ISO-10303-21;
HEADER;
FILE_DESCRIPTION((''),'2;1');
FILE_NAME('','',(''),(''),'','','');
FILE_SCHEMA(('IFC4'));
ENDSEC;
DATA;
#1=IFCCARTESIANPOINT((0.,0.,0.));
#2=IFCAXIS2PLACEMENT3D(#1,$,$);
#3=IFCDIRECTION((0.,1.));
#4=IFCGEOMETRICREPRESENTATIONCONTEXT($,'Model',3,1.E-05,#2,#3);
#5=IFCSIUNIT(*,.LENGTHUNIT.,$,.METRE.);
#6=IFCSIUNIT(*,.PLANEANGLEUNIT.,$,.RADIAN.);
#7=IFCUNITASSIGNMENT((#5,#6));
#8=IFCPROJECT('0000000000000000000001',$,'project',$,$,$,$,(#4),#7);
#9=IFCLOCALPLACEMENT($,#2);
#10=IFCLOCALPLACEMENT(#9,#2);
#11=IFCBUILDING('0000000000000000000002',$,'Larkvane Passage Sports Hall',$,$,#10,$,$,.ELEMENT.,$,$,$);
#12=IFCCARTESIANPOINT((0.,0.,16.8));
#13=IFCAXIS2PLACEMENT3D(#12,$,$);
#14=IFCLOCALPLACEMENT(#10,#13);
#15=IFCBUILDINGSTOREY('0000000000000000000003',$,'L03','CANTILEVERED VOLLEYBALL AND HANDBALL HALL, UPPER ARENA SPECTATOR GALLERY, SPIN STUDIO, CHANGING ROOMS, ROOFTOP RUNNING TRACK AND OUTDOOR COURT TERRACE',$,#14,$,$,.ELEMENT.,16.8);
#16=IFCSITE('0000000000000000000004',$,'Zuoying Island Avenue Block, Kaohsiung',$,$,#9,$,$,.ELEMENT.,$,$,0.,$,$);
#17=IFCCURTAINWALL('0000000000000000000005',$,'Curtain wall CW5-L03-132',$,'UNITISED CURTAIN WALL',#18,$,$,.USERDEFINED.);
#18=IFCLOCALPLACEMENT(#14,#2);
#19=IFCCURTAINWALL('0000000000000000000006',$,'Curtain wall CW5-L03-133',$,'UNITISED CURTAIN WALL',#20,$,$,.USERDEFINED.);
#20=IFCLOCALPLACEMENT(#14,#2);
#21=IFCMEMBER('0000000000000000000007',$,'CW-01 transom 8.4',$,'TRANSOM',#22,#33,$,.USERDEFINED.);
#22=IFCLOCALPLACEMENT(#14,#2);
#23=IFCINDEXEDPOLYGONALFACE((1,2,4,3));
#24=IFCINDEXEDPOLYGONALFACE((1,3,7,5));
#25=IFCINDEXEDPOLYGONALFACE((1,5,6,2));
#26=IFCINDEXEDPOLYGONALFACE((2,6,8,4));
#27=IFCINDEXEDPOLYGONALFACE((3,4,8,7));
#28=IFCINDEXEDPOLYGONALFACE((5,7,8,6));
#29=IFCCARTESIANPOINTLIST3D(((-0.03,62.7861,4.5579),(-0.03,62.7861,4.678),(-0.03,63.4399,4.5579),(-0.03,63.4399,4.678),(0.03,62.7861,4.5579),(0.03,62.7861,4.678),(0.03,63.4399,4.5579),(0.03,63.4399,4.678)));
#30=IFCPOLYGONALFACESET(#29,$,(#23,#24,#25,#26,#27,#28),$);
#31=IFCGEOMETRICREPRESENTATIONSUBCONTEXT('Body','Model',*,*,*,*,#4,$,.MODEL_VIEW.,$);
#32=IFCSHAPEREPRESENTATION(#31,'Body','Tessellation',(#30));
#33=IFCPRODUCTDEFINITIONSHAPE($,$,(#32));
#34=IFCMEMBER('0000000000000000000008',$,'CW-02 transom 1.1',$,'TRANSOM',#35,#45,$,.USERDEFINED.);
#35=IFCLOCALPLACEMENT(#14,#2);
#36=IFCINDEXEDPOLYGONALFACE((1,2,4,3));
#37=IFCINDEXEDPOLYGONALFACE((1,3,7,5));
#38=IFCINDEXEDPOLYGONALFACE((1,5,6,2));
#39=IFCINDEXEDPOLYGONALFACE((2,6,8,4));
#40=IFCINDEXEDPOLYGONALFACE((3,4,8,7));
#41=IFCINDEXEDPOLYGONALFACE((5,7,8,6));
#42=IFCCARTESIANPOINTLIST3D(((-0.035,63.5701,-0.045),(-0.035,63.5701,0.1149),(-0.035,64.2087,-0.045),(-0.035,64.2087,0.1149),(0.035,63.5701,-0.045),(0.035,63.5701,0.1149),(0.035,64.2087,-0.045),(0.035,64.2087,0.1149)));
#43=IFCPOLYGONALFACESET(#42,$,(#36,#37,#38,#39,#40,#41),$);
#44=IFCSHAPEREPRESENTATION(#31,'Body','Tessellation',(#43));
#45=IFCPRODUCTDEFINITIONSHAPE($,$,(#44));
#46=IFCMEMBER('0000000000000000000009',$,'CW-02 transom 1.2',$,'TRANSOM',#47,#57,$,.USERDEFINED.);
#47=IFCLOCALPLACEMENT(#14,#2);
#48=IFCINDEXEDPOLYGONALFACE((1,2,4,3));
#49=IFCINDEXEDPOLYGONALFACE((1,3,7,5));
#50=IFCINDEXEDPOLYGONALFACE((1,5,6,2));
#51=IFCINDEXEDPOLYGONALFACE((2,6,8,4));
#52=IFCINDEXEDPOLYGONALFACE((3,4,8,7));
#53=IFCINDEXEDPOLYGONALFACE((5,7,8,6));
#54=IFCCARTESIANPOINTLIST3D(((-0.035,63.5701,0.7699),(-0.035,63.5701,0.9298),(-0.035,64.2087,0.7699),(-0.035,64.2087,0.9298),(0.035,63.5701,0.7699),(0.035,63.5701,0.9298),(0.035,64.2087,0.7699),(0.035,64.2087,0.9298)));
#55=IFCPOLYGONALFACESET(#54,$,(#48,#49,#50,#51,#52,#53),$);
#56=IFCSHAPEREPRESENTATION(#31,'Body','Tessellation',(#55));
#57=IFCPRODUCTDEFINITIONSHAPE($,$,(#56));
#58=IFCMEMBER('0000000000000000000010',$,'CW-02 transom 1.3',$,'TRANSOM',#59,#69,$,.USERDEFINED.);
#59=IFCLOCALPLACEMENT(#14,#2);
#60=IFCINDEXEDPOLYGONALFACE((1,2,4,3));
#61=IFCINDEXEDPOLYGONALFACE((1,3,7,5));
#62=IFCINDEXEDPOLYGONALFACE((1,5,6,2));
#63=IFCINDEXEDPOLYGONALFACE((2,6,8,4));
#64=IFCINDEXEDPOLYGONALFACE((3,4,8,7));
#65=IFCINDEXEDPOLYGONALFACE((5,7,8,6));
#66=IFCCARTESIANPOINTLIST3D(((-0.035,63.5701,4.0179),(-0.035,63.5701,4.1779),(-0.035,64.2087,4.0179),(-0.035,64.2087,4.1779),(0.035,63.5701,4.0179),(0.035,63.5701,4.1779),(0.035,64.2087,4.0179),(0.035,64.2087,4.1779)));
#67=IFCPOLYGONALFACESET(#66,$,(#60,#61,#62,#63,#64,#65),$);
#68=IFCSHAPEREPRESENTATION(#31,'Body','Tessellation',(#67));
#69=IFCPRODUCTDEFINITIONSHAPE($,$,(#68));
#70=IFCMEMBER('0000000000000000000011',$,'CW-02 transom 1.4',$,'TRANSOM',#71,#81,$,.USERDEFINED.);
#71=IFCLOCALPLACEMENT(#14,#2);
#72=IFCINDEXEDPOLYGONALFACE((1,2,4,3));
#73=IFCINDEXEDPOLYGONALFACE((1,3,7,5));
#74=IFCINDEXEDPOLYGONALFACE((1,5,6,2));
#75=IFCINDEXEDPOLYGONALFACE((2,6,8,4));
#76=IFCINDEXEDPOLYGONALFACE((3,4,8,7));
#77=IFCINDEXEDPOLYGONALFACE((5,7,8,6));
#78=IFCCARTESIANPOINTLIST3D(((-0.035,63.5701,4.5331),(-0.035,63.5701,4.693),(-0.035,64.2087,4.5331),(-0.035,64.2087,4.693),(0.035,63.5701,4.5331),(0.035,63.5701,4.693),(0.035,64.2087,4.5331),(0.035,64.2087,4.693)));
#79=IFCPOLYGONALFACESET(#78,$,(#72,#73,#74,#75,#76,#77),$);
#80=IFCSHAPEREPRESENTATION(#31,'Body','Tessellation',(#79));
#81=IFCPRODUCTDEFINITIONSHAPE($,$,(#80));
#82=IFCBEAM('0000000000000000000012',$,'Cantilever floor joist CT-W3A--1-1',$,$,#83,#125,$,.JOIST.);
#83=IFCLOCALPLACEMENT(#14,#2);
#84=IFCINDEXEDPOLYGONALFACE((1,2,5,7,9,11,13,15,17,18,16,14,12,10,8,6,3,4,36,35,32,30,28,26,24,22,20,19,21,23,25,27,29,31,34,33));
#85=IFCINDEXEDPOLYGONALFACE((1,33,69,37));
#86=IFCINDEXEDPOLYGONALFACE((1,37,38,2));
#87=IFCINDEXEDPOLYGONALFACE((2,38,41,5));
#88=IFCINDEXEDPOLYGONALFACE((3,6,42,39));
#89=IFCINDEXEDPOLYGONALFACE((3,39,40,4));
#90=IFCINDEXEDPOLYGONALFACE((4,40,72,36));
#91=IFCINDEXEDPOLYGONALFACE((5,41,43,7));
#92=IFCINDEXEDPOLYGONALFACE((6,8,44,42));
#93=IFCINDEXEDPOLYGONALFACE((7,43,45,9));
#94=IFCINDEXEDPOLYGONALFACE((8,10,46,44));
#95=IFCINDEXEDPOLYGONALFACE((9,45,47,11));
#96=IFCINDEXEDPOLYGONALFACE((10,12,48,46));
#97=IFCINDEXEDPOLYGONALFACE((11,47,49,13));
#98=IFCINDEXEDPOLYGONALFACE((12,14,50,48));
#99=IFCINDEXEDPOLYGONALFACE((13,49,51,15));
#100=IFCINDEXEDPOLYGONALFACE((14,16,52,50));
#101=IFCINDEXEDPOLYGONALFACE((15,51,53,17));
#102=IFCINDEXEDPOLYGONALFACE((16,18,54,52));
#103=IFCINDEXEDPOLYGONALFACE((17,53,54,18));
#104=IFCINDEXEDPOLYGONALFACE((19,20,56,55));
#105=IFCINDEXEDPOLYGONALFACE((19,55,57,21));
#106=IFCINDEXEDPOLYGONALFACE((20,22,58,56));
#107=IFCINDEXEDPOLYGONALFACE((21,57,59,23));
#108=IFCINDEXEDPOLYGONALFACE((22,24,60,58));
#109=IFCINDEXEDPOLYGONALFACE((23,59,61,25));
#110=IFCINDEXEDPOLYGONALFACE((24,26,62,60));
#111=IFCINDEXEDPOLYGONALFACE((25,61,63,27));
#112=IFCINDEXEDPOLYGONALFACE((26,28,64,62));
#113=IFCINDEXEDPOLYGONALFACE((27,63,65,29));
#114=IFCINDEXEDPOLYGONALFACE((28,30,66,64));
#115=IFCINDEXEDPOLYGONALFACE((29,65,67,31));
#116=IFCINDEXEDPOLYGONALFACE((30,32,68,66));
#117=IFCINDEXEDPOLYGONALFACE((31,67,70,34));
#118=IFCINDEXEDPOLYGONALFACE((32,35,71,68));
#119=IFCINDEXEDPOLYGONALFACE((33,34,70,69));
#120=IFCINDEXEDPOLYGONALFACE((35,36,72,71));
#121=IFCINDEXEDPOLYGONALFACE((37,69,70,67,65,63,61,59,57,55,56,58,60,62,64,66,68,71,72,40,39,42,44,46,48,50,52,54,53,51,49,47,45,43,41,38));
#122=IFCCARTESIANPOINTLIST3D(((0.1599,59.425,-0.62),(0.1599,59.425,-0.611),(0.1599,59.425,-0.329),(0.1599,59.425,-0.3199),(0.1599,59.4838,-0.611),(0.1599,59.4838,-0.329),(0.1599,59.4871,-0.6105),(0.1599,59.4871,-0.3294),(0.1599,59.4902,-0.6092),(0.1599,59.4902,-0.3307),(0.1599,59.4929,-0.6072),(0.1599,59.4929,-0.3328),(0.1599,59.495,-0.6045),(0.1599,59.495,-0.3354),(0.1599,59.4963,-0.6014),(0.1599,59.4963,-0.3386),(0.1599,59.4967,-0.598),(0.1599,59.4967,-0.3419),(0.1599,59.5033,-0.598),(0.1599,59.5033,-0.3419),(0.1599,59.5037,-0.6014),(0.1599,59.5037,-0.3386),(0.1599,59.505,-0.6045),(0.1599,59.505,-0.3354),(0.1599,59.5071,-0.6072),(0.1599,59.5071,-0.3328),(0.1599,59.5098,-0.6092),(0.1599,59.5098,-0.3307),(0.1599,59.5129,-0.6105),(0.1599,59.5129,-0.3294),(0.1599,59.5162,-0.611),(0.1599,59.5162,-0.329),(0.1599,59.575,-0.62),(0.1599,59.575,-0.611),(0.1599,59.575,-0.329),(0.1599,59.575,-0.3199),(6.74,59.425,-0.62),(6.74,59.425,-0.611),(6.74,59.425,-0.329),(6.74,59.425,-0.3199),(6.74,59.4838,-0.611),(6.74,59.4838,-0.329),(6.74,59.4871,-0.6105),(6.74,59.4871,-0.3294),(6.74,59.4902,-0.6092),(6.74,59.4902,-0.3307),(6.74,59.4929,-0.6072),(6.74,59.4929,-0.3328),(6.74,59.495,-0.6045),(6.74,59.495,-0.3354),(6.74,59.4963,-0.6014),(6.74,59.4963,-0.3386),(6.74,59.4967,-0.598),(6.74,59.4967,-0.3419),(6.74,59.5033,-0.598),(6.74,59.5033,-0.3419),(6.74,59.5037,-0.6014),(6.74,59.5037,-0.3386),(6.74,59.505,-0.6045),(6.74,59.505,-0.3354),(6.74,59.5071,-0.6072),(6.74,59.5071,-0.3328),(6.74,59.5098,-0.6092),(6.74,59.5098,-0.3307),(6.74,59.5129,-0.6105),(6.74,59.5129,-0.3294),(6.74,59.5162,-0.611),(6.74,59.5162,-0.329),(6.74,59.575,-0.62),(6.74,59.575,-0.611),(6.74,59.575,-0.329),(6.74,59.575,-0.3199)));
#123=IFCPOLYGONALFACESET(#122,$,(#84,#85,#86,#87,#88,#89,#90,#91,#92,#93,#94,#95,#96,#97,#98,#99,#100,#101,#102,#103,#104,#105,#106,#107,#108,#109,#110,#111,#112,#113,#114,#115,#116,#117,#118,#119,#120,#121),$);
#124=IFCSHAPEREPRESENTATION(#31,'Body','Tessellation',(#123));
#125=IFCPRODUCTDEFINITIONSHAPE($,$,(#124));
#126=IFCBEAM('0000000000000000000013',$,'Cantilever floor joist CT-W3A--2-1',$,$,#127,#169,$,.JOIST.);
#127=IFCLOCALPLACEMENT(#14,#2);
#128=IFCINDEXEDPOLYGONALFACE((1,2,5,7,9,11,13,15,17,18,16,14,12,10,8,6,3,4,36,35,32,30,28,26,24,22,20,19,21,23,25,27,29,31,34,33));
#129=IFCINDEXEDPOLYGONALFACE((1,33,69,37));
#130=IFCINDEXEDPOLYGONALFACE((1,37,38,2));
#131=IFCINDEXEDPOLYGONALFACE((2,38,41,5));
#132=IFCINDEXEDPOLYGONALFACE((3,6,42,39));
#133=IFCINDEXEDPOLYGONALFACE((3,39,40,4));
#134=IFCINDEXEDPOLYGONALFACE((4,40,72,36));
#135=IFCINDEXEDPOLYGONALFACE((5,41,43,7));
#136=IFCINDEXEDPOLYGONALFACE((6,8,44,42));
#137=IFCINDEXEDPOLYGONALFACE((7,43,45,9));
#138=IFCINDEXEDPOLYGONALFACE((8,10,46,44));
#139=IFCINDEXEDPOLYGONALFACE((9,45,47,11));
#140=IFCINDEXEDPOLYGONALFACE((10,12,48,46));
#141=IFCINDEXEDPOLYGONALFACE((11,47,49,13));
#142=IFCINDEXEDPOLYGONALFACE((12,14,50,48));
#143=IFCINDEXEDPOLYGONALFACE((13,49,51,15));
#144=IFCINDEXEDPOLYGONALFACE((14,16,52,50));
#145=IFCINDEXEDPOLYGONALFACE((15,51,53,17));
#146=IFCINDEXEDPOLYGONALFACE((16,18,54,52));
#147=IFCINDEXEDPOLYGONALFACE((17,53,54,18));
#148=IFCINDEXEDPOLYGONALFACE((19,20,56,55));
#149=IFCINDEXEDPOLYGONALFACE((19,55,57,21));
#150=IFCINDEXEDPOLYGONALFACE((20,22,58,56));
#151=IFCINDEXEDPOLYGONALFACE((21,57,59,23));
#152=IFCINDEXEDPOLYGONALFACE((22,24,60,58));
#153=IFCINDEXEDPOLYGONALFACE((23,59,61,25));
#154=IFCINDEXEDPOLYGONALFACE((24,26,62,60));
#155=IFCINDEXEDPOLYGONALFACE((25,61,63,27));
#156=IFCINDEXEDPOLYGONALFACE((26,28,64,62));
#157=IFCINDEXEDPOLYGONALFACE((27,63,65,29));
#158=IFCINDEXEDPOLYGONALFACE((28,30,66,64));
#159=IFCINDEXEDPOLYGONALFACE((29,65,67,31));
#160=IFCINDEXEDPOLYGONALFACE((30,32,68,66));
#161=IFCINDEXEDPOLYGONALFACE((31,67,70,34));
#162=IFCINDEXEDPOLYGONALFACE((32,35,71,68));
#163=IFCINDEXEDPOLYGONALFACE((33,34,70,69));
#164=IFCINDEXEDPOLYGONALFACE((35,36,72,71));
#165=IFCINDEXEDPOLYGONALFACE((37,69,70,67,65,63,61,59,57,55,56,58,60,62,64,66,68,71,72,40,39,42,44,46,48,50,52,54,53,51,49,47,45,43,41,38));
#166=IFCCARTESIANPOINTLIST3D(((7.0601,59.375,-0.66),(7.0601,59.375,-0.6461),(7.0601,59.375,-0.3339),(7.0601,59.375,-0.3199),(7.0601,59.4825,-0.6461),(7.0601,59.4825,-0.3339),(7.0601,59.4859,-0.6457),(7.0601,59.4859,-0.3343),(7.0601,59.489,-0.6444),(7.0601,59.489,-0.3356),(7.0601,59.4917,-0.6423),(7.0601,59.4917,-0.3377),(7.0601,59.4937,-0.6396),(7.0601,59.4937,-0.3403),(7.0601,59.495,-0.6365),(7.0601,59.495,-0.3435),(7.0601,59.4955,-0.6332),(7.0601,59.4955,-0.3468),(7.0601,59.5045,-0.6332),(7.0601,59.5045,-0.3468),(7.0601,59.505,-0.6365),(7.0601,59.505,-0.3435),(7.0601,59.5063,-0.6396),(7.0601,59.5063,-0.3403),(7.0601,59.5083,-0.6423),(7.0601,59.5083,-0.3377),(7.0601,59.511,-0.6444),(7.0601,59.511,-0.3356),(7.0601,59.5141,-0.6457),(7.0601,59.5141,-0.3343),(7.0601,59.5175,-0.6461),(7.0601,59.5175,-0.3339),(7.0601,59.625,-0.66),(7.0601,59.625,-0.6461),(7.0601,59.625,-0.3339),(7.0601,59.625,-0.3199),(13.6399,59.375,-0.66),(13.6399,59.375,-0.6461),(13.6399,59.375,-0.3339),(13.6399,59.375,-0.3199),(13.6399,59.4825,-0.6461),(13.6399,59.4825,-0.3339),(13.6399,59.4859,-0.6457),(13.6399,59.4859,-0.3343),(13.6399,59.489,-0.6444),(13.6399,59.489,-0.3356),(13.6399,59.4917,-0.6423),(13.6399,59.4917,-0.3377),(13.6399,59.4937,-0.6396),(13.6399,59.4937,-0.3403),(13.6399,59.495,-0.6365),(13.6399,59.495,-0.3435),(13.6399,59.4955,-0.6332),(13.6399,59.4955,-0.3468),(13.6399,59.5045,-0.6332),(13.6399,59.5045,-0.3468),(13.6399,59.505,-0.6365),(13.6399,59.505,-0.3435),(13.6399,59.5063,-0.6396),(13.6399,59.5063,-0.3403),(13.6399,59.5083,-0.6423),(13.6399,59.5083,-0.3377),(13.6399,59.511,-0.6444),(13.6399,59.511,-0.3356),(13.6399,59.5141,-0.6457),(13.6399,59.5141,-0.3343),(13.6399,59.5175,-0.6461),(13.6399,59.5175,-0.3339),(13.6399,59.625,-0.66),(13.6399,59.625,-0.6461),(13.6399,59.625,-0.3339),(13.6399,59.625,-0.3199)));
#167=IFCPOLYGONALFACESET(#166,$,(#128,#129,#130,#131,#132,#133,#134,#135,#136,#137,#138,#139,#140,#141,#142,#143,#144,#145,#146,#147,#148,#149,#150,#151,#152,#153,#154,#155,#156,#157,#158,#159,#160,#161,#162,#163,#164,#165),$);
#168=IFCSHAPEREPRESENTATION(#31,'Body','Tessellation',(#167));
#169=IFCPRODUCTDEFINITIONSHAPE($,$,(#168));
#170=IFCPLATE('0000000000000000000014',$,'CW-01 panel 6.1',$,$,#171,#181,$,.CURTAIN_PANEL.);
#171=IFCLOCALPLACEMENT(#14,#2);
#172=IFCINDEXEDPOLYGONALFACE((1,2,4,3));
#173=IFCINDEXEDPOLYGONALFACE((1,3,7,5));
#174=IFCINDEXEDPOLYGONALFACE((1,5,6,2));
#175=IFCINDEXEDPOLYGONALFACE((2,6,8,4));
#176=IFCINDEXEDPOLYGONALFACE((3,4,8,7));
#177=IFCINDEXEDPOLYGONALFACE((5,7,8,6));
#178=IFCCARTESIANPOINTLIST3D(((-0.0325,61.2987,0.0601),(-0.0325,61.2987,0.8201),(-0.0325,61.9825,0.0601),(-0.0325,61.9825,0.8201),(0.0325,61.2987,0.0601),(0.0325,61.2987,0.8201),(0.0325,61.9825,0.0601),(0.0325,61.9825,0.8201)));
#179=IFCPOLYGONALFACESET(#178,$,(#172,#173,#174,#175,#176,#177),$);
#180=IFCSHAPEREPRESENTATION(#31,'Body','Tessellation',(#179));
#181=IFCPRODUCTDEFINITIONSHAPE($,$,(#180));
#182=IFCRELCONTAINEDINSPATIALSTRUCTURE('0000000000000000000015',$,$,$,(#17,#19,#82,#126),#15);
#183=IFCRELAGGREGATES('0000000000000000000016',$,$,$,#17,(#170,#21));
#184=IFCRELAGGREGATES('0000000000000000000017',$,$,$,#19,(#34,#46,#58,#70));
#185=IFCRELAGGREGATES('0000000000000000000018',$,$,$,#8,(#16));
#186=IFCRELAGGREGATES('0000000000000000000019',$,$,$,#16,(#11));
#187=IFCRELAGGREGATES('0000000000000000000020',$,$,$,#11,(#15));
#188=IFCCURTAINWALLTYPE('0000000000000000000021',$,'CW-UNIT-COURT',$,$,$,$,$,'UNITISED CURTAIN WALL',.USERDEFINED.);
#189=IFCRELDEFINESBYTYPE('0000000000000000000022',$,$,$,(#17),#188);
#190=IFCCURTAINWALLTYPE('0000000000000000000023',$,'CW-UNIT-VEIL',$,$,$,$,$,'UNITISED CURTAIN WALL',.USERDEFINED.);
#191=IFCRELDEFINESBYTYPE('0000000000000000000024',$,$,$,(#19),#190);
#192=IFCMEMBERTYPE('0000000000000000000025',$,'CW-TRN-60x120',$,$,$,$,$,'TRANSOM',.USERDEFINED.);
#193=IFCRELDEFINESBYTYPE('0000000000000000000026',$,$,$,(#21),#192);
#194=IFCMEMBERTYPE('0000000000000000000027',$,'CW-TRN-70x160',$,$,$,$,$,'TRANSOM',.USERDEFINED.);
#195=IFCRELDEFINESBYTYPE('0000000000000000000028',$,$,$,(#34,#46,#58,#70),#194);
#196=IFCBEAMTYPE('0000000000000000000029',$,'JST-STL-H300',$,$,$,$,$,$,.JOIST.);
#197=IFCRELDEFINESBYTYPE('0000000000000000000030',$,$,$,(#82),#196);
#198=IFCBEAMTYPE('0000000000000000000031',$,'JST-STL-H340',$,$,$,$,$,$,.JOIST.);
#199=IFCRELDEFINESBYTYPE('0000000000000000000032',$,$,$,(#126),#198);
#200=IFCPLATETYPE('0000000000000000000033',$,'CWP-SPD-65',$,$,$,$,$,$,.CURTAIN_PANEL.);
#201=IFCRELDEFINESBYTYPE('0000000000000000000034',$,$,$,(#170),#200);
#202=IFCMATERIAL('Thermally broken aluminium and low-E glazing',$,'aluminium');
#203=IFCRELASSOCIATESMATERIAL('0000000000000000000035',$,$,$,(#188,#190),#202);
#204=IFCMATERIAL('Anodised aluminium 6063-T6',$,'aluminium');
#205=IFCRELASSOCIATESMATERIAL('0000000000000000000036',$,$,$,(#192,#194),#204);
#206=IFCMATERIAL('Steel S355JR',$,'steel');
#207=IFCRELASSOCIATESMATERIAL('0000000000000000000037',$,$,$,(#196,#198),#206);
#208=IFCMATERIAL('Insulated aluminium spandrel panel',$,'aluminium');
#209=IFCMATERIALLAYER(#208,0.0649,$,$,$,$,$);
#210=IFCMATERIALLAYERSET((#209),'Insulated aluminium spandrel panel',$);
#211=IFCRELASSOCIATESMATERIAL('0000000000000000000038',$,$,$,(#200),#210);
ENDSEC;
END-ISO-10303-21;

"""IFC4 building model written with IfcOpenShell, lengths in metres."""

from ifc_helpers import new_model, si_unit, direction, frame, origin, origin_2d, place, context, subcontext, project, spatial, rectangle, i_section, extrude, material, layer, layer_set, material_profile, profile_set, type_object, element, aggregate, save


model = new_model("IFC4")

# Units and contexts
model_context = context("Model", 3, precision=1e-05, world=origin(), true_north=direction((0.0, 1.0)))
body_context = subcontext(model_context, "Body", "Model", "MODEL_VIEW")
ifc_project = project(units=[si_unit("LENGTHUNIT", "METRE"), si_unit("PLANEANGLEUNIT", "RADIAN")], contexts=[model_context])

# Site, building, storey
site_placement = place(None, origin())
site = spatial("IfcSite", under=ifc_project, at=site_placement, Name="Zuoying Island Avenue Block, Kaohsiung", CompositionType="ELEMENT", RefElevation=0.0)
building_placement = place(site_placement, origin())
building = spatial("IfcBuilding", under=site, at=building_placement, Name="Larkvane Passage Sports Hall", CompositionType="ELEMENT")
storey_placement = place(building_placement, frame((0.0, 0.0, 16.8)))
storey = spatial("IfcBuildingStorey", under=building, at=storey_placement, Name="L03", Description="CANTILEVERED VOLLEYBALL AND HANDBALL HALL, UPPER ARENA SPECTATOR GALLERY, SPIN STUDIO, CHANGING ROOMS, ROOFTOP RUNNING TRACK AND OUTDOOR COURT TERRACE", CompositionType="ELEMENT", Elevation=16.8)

# Curtain wall
ifc_material_1 = material(Name="Thermally broken aluminium and low-E glazing", Category="aluminium")
curtain_wall_type_1 = type_object("IfcCurtainWallType", Name="CW-UNIT-COURT", ElementType="UNITISED CURTAIN WALL", PredefinedType="USERDEFINED", material=ifc_material_1)
curtain_wall_1_placement = place(storey_placement, origin())
curtain_wall_1 = element("IfcCurtainWall", 1, at=curtain_wall_1_placement, inside=storey, type_object=curtain_wall_type_1, Name="Curtain wall CW5-L03-132", ObjectType="UNITISED CURTAIN WALL", PredefinedType="USERDEFINED")
ifc_material_2 = material(Name="Anodised aluminium 6063-T6", Category="aluminium")

# Curtain wall
curtain_wall_type_2 = type_object("IfcCurtainWallType", Name="CW-UNIT-VEIL", ElementType="UNITISED CURTAIN WALL", PredefinedType="USERDEFINED", material=ifc_material_1)
curtain_wall_2_placement = place(storey_placement, origin())
curtain_wall_2 = element("IfcCurtainWall", 2, at=curtain_wall_2_placement, inside=storey, type_object=curtain_wall_type_2, Name="Curtain wall CW5-L03-133", ObjectType="UNITISED CURTAIN WALL", PredefinedType="USERDEFINED")

# Members
ifc_material_profile_1 = material_profile(ifc_material_2, rectangle(XDim=0.0601, YDim=0.1201, at=origin_2d()), Name="ALU-TRN-60x120")
ifc_profile_set_1 = profile_set([ifc_material_profile_1], Name="Anodised aluminium 6063-T6")
member_type_1 = type_object("IfcMemberType", Name="CW-TRN-60x120", ElementType="TRANSOM", PredefinedType="USERDEFINED", material=ifc_profile_set_1)
member_1_placement = place(storey_placement, frame((0.0, 62.7861, 4.6179), z_axis=(0.0, 1.0, 0.0), x_axis=(-1.0, 0.0, 0.0)))
member_1 = element("IfcMember", 3, at=member_1_placement, type_object=member_type_1, Name="CW-01 transom 8.4", ObjectType="TRANSOM", PredefinedType="USERDEFINED", context=body_context, shape_type="SweptSolid", body=[
    extrude(rectangle(XDim=0.0601, YDim=0.1201, at=origin_2d()), origin(), (0.0, 0.0, 1.0), 0.6538),
])
ifc_material_profile_2 = material_profile(ifc_material_2, rectangle(XDim=0.0701, YDim=0.1599, at=origin_2d()), Name="ALU-TRN-70x160")
ifc_profile_set_2 = profile_set([ifc_material_profile_2], Name="Anodised aluminium 6063-T6")
member_type_2 = type_object("IfcMemberType", Name="CW-TRN-70x160", ElementType="TRANSOM", PredefinedType="USERDEFINED", material=ifc_profile_set_2)
member_2_placement = place(storey_placement, frame((0.0, 63.5701, 0.0349), z_axis=(0.0, 1.0, 0.0), x_axis=(-1.0, 0.0, 0.0)))
member_2 = element("IfcMember", 4, at=member_2_placement, type_object=member_type_2, Name="CW-02 transom 1.1", ObjectType="TRANSOM", PredefinedType="USERDEFINED", context=body_context, shape_type="SweptSolid", body=[
    extrude(rectangle(XDim=0.0701, YDim=0.1599, at=origin_2d()), origin(), (0.0, 0.0, 1.0), 0.6387),
])
member_3_placement = place(storey_placement, frame((0.0, 63.5701, 0.8499), z_axis=(0.0, 1.0, 0.0), x_axis=(-1.0, 0.0, 0.0)))
member_3 = element("IfcMember", 5, at=member_3_placement, type_object=member_type_2, Name="CW-02 transom 1.2", ObjectType="TRANSOM", PredefinedType="USERDEFINED", context=body_context, shape_type="SweptSolid", body=[
    extrude(rectangle(XDim=0.0701, YDim=0.1599, at=origin_2d()), origin(), (0.0, 0.0, 1.0), 0.6387),
])
member_4_placement = place(storey_placement, frame((0.0, 63.5701, 4.0979), z_axis=(0.0, 1.0, 0.0), x_axis=(-1.0, 0.0, 0.0)))
member_4 = element("IfcMember", 6, at=member_4_placement, type_object=member_type_2, Name="CW-02 transom 1.3", ObjectType="TRANSOM", PredefinedType="USERDEFINED", context=body_context, shape_type="SweptSolid", body=[
    extrude(rectangle(XDim=0.0701, YDim=0.1599, at=origin_2d()), origin(), (0.0, 0.0, 1.0), 0.6387),
])
member_5_placement = place(storey_placement, frame((0.0, 63.5701, 4.613), z_axis=(0.0, 1.0, 0.0), x_axis=(-1.0, 0.0, 0.0)))
member_5 = element("IfcMember", 7, at=member_5_placement, type_object=member_type_2, Name="CW-02 transom 1.4", ObjectType="TRANSOM", PredefinedType="USERDEFINED", context=body_context, shape_type="SweptSolid", body=[
    extrude(rectangle(XDim=0.0701, YDim=0.1599, at=origin_2d()), origin(), (0.0, 0.0, 1.0), 0.6387),
])

# Beams
ifc_material_3 = material(Name="Steel S355JR", Category="steel")
ifc_material_profile_3 = material_profile(ifc_material_3, i_section(OverallWidth=0.1499, OverallDepth=0.3, WebThickness=0.0066, FlangeThickness=0.009, FilletRadius=0.0129, at=origin_2d()), Name="H-300x150x6.5x9")
ifc_profile_set_3 = profile_set([ifc_material_profile_3], Name="Steel S355JR")
beam_type_1 = type_object("IfcBeamType", Name="JST-STL-H300", PredefinedType="JOIST", material=ifc_profile_set_3)
beam_1_placement = place(storey_placement, frame((0.1599, 59.5, -0.47), z_axis=(1.0, 0.0, 0.0), x_axis=(0.0, 1.0, 0.0)))
element("IfcBeam", 8, at=beam_1_placement, inside=storey, type_object=beam_type_1, Name="Cantilever floor joist CT-W3A--1-1", PredefinedType="JOIST", context=body_context, shape_type="SweptSolid", body=[
    extrude(i_section(OverallWidth=0.1499, OverallDepth=0.3, WebThickness=0.0066, FlangeThickness=0.009, FilletRadius=0.0129, at=origin_2d()), origin(), (0.0, 0.0, 1.0), 6.5801),
])
ifc_material_profile_4 = material_profile(ifc_material_3, i_section(OverallWidth=0.25, OverallDepth=0.3401, WebThickness=0.009, FlangeThickness=0.0139, FilletRadius=0.0129, at=origin_2d()), Name="H-340x250x9x14")
ifc_profile_set_4 = profile_set([ifc_material_profile_4], Name="Steel S355JR")
beam_type_2 = type_object("IfcBeamType", Name="JST-STL-H340", PredefinedType="JOIST", material=ifc_profile_set_4)
beam_2_placement = place(storey_placement, frame((7.0601, 59.5, -0.49), z_axis=(1.0, 0.0, 0.0), x_axis=(0.0, 1.0, 0.0)))
element("IfcBeam", 9, at=beam_2_placement, inside=storey, type_object=beam_type_2, Name="Cantilever floor joist CT-W3A--2-1", PredefinedType="JOIST", context=body_context, shape_type="SweptSolid", body=[
    extrude(i_section(OverallWidth=0.25, OverallDepth=0.3401, WebThickness=0.009, FlangeThickness=0.0139, FilletRadius=0.0129, at=origin_2d()), origin(), (0.0, 0.0, 1.0), 6.5798),
])

# Plate
ifc_material_4 = material(Name="Insulated aluminium spandrel panel", Category="aluminium")
ifc_layer_1 = layer(ifc_material_4, 0.0649)
ifc_layer_set_1 = layer_set([ifc_layer_1], Name="Insulated aluminium spandrel panel")
plate_type_1 = type_object("IfcPlateType", Name="CWP-SPD-65", PredefinedType="CURTAIN_PANEL", material=ifc_layer_set_1)
plate_1_placement = place(storey_placement, frame((0.0, 61.6406, 0.0601), z_axis=(0.0, 0.0, 1.0), x_axis=(0.0, 1.0, 0.0)))
plate_1 = element("IfcPlate", 10, at=plate_1_placement, type_object=plate_type_1, Name="CW-01 panel 6.1", PredefinedType="CURTAIN_PANEL", context=body_context, shape_type="SweptSolid", body=[
    extrude(rectangle(XDim=0.6838, YDim=0.0649, at=origin_2d()), origin(), (0.0, 0.0, 1.0), 0.76),
])
aggregate(curtain_wall_1, [plate_1, member_1])
aggregate(curtain_wall_2, [member_2, member_3, member_4, member_5])

save(model, "model.ifc")
